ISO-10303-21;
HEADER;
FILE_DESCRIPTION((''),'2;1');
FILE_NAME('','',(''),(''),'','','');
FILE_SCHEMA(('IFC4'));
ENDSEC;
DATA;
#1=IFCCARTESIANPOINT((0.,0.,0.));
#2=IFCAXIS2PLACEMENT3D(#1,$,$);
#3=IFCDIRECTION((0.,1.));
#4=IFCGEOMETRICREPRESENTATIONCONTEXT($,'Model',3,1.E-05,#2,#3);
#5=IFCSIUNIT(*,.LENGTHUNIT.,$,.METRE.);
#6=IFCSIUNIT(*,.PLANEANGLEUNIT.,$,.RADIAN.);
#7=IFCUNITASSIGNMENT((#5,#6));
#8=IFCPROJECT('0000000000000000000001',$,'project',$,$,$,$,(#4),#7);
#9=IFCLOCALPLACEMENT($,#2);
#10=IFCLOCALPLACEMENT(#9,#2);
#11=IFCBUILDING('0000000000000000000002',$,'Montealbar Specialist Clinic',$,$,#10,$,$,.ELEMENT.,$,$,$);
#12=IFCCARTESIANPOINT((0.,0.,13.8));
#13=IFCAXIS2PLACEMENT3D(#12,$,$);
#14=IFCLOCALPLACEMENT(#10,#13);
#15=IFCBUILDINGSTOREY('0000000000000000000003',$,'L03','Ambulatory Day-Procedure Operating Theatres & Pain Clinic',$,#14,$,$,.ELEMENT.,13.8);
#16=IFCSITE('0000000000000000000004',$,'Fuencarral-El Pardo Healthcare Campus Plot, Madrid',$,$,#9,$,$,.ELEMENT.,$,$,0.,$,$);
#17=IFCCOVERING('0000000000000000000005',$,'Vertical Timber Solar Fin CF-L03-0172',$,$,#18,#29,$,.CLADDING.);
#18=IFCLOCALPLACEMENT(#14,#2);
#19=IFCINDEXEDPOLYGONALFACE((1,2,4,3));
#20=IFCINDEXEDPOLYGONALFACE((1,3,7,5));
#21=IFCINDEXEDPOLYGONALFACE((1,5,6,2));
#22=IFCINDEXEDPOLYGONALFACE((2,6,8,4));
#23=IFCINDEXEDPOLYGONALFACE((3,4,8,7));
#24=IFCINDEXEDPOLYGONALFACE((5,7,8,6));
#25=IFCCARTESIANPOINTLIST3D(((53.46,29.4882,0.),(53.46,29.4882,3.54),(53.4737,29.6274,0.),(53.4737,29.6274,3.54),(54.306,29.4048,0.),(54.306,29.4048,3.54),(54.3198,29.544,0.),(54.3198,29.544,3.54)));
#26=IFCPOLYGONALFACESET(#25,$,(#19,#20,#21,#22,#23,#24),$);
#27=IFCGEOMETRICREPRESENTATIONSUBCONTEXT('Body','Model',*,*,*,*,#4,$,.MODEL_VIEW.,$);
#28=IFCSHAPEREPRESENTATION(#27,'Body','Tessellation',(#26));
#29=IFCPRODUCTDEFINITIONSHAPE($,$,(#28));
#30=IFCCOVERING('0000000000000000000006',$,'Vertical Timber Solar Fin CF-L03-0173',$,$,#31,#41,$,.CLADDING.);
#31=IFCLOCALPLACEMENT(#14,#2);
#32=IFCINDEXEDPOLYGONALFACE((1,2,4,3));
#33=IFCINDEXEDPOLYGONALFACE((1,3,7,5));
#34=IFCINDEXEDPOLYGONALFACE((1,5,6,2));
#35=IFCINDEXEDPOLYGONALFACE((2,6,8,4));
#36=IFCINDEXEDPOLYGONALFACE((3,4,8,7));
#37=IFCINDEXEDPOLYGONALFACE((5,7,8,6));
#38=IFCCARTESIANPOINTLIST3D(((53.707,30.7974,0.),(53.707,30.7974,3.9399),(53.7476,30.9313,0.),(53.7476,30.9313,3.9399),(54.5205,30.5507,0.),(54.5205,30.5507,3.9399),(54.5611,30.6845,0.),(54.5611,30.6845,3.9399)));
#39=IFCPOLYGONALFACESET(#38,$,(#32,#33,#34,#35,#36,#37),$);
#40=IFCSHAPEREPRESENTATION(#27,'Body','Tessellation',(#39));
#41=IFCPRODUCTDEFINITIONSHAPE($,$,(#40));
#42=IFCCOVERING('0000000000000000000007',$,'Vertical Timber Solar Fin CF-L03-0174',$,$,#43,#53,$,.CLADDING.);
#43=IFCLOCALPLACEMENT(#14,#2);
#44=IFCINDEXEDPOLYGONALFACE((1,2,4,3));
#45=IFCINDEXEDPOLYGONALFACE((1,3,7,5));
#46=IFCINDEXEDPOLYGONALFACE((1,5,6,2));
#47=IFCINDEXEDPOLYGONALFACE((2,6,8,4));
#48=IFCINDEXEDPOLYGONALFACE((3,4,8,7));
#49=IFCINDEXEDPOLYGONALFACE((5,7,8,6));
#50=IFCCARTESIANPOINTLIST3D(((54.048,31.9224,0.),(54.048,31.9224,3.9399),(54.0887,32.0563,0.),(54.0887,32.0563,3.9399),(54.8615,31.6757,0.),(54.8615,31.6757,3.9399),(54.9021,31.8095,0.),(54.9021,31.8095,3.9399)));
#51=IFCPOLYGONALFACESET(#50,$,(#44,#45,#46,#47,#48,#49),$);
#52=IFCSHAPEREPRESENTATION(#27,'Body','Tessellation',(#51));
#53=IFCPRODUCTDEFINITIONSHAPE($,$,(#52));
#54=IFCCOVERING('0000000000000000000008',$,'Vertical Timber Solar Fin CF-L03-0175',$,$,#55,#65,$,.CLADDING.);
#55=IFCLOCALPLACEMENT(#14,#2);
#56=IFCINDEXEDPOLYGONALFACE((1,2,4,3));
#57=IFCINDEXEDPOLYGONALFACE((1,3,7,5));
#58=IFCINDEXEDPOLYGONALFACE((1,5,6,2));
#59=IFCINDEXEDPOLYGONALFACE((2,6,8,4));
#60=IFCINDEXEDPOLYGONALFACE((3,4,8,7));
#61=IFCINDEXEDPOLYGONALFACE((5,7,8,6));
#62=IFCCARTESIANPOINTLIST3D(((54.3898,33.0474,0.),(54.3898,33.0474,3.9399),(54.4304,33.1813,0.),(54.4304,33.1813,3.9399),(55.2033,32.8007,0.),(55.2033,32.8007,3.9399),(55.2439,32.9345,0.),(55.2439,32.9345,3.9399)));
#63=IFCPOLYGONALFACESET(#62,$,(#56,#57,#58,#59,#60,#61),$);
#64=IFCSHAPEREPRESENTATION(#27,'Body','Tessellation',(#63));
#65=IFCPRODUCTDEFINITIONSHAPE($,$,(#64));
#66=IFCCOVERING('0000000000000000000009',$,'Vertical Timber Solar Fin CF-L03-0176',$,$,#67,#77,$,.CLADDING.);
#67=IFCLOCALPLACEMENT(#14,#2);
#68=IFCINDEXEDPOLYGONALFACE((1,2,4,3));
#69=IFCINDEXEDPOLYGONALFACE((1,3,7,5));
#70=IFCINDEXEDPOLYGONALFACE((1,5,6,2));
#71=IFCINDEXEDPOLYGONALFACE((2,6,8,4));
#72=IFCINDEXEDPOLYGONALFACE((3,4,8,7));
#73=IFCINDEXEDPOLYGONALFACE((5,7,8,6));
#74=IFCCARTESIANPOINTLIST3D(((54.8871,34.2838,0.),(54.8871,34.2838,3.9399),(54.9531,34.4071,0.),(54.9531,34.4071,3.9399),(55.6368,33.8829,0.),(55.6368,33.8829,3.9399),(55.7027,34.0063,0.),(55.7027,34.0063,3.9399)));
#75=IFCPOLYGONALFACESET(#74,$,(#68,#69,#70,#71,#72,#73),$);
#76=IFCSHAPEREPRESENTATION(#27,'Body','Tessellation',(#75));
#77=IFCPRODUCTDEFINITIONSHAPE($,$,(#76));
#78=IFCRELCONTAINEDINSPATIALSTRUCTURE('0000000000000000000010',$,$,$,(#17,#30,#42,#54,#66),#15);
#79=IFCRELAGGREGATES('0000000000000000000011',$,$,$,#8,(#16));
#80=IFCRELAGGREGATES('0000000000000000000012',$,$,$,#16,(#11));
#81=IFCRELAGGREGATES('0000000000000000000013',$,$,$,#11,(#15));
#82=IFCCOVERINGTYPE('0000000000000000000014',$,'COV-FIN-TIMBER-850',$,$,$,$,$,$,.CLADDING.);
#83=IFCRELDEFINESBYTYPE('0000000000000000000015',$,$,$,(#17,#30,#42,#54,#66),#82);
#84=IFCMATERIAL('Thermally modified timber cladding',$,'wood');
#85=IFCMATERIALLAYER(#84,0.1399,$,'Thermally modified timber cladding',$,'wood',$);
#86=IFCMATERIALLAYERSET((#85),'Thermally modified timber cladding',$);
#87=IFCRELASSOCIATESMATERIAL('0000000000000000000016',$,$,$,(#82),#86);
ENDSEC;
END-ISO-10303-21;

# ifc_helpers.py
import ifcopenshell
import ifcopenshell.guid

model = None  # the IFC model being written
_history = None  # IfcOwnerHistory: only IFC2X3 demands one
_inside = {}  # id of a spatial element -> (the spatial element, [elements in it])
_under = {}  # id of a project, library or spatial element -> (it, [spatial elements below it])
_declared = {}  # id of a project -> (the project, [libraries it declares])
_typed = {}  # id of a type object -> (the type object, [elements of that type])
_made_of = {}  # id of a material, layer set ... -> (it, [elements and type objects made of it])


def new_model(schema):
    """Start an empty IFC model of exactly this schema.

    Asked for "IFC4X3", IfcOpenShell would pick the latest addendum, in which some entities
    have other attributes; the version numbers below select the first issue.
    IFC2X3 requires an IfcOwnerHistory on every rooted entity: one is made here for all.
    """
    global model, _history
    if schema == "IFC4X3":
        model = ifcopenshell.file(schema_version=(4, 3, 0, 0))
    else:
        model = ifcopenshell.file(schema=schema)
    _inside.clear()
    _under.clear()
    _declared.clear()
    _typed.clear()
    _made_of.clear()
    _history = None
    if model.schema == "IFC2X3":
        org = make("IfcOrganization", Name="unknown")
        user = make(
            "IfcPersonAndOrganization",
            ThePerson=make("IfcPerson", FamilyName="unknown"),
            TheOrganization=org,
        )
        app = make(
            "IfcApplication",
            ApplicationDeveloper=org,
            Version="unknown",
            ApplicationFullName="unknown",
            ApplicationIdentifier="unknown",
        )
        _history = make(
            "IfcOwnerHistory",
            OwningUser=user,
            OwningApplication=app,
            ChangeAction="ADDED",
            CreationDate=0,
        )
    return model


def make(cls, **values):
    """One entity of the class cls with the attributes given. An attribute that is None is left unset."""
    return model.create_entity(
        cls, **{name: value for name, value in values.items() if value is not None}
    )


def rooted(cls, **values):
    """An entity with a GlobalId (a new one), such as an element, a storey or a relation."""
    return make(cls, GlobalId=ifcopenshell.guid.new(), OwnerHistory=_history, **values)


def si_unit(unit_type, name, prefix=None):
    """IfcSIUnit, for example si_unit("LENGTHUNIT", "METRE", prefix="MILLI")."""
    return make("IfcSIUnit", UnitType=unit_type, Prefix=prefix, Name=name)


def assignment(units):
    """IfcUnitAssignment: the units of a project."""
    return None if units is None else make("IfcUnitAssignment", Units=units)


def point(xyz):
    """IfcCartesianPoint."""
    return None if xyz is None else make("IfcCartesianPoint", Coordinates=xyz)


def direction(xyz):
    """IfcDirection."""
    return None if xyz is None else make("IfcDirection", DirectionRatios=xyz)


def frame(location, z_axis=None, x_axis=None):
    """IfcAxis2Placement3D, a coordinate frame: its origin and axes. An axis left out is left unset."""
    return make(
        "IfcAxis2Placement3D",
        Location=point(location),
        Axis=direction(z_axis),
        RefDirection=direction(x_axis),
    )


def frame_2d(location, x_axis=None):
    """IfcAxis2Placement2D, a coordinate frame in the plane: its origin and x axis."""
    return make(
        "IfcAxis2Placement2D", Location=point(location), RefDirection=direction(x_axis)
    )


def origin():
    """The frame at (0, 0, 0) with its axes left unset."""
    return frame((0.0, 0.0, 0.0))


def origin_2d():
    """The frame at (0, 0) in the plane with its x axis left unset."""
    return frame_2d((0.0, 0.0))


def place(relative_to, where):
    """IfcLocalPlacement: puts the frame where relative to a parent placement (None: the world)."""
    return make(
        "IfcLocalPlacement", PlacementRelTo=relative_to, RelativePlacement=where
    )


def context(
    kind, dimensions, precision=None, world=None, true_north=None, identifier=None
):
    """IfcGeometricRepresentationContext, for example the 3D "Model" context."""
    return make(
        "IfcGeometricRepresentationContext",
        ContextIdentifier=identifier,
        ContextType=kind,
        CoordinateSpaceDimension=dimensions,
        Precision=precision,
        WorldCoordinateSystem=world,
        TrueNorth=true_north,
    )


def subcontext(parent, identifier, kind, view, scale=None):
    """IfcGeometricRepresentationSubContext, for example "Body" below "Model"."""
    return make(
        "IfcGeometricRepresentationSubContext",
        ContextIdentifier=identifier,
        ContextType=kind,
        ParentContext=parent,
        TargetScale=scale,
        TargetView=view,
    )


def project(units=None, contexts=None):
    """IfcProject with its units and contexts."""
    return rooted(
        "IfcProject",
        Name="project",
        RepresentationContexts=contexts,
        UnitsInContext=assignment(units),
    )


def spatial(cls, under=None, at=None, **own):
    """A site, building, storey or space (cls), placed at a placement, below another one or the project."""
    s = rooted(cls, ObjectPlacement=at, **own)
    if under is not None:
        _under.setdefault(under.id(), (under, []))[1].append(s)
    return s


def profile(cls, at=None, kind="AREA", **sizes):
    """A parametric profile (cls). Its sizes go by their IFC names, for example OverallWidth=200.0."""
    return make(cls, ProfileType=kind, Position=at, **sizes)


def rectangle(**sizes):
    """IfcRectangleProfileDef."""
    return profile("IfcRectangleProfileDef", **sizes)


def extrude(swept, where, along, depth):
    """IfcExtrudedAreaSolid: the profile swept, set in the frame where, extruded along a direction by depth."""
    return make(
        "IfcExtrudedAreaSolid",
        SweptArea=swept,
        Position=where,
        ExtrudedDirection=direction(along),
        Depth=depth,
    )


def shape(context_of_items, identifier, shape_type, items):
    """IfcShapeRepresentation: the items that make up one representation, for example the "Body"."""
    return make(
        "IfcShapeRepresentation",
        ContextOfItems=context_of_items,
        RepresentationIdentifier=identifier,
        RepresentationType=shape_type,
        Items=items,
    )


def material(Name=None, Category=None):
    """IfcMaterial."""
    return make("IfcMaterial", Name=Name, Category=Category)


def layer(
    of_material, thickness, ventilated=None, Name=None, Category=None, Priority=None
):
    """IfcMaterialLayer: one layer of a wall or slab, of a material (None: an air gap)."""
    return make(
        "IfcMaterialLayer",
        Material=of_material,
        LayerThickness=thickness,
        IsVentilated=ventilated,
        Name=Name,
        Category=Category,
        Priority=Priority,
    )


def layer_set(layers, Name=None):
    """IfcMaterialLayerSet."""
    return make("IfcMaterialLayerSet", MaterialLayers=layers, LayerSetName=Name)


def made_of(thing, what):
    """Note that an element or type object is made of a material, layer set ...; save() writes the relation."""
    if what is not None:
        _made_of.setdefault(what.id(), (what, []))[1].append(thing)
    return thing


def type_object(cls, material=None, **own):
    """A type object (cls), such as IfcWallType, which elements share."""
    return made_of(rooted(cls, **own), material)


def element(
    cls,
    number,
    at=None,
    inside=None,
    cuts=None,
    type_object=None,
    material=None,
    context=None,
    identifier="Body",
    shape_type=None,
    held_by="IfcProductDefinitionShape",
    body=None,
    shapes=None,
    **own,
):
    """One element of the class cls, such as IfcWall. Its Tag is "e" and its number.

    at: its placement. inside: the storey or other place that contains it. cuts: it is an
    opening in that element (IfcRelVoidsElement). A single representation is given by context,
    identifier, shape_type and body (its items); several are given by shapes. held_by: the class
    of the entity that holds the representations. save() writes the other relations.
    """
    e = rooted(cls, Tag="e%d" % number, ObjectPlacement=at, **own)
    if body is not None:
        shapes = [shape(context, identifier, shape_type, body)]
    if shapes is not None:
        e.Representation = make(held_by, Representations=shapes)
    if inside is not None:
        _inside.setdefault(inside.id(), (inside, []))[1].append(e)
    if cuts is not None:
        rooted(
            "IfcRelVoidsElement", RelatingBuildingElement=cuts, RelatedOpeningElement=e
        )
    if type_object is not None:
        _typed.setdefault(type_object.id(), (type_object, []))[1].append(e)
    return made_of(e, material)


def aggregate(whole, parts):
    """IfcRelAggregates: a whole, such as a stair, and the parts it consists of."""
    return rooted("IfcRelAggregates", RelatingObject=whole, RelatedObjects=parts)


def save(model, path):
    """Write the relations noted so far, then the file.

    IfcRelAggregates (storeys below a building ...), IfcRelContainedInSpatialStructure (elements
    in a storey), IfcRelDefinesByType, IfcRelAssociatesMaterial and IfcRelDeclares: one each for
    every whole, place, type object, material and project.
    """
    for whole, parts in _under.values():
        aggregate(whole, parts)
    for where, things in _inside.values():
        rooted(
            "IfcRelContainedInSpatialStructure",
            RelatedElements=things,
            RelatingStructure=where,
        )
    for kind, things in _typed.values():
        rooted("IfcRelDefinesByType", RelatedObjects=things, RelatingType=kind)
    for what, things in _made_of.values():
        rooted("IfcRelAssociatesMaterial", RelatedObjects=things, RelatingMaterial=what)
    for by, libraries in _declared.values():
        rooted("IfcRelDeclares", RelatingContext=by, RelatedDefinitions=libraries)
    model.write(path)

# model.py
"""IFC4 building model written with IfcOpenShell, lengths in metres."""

from ifc_helpers import new_model, si_unit, direction, frame, origin, origin_2d, place, context, subcontext, project, spatial, rectangle, extrude, material, layer, layer_set, type_object, element, save


model = new_model("IFC4")

# Units and contexts
model_context = context("Model", 3, precision=1e-05, world=origin(), true_north=direction((0.0, 1.0)))
body_context = subcontext(model_context, "Body", "Model", "MODEL_VIEW")
ifc_project = project(units=[si_unit("LENGTHUNIT", "METRE"), si_unit("PLANEANGLEUNIT", "RADIAN")], contexts=[model_context])

# Site, building, storey
site_placement = place(None, origin())
site = spatial("IfcSite", under=ifc_project, at=site_placement, Name="Fuencarral-El Pardo Healthcare Campus Plot, Madrid", CompositionType="ELEMENT", RefElevation=0.0)
building_placement = place(site_placement, origin())
building = spatial("IfcBuilding", under=site, at=building_placement, Name="Montealbar Specialist Clinic", CompositionType="ELEMENT")
storey_placement = place(building_placement, frame((0.0, 0.0, 13.8)))
storey = spatial("IfcBuildingStorey", under=building, at=storey_placement, Name="L03", Description="Ambulatory Day-Procedure Operating Theatres & Pain Clinic", CompositionType="ELEMENT", Elevation=13.8)

# Coverings
ifc_material_1 = material(Name="Thermally modified timber cladding", Category="wood")
ifc_layer_1 = layer(ifc_material_1, 0.1399, Name="Thermally modified timber cladding", Category="wood")
ifc_layer_set_1 = layer_set([ifc_layer_1], Name="Thermally modified timber cladding")
covering_type = type_object("IfcCoveringType", Name="COV-FIN-TIMBER-850", PredefinedType="CLADDING", material=ifc_layer_set_1)
for number, where, z_axis, x_axis, name in (
    (1, (53.8899, 29.5161, 0.0), (0.0, 0.0, 1.0), (-0.995182, 0.098045, 0.0), "Vertical Timber Solar Fin CF-L03-0172"),
):
    element("IfcCovering", number, at=place(storey_placement, frame(where, z_axis=z_axis, x_axis=x_axis)), inside=storey, type_object=covering_type, Name=name, PredefinedType="CLADDING", context=body_context, shape_type="SweptSolid", body=[
        extrude(rectangle(XDim=0.8501, YDim=0.1399, at=origin_2d()), origin(), (0.0, 0.0, 1.0), 3.54),
    ])
for number, where, z_axis, x_axis, name in (
    (2, (54.134, 30.741, 0.0), (0.0, 0.0, 1.0), (-0.956948, 0.290259, 0.0), "Vertical Timber Solar Fin CF-L03-0173"),
    (3, (54.4751, 31.866, 0.0), (0.0, 0.0, 1.0), (-0.956948, 0.290259, 0.0), "Vertical Timber Solar Fin CF-L03-0174"),
    (4, (54.8169, 32.991, 0.0), (0.0, 0.0, 1.0), (-0.956948, 0.290259, 0.0), "Vertical Timber Solar Fin CF-L03-0175"),
    (5, (55.2949, 34.145, 0.0), (0.0, 0.0, 1.0), (-0.88185, 0.471529, 0.0), "Vertical Timber Solar Fin CF-L03-0176"),
):
    element("IfcCovering", number, at=place(storey_placement, frame(where, z_axis=z_axis, x_axis=x_axis)), inside=storey, type_object=covering_type, Name=name, PredefinedType="CLADDING", context=body_context, shape_type="SweptSolid", body=[
        extrude(rectangle(XDim=0.8501, YDim=0.1399, at=origin_2d()), origin(), (0.0, 0.0, 1.0), 3.9399),
    ])

save(model, "model.ifc")
